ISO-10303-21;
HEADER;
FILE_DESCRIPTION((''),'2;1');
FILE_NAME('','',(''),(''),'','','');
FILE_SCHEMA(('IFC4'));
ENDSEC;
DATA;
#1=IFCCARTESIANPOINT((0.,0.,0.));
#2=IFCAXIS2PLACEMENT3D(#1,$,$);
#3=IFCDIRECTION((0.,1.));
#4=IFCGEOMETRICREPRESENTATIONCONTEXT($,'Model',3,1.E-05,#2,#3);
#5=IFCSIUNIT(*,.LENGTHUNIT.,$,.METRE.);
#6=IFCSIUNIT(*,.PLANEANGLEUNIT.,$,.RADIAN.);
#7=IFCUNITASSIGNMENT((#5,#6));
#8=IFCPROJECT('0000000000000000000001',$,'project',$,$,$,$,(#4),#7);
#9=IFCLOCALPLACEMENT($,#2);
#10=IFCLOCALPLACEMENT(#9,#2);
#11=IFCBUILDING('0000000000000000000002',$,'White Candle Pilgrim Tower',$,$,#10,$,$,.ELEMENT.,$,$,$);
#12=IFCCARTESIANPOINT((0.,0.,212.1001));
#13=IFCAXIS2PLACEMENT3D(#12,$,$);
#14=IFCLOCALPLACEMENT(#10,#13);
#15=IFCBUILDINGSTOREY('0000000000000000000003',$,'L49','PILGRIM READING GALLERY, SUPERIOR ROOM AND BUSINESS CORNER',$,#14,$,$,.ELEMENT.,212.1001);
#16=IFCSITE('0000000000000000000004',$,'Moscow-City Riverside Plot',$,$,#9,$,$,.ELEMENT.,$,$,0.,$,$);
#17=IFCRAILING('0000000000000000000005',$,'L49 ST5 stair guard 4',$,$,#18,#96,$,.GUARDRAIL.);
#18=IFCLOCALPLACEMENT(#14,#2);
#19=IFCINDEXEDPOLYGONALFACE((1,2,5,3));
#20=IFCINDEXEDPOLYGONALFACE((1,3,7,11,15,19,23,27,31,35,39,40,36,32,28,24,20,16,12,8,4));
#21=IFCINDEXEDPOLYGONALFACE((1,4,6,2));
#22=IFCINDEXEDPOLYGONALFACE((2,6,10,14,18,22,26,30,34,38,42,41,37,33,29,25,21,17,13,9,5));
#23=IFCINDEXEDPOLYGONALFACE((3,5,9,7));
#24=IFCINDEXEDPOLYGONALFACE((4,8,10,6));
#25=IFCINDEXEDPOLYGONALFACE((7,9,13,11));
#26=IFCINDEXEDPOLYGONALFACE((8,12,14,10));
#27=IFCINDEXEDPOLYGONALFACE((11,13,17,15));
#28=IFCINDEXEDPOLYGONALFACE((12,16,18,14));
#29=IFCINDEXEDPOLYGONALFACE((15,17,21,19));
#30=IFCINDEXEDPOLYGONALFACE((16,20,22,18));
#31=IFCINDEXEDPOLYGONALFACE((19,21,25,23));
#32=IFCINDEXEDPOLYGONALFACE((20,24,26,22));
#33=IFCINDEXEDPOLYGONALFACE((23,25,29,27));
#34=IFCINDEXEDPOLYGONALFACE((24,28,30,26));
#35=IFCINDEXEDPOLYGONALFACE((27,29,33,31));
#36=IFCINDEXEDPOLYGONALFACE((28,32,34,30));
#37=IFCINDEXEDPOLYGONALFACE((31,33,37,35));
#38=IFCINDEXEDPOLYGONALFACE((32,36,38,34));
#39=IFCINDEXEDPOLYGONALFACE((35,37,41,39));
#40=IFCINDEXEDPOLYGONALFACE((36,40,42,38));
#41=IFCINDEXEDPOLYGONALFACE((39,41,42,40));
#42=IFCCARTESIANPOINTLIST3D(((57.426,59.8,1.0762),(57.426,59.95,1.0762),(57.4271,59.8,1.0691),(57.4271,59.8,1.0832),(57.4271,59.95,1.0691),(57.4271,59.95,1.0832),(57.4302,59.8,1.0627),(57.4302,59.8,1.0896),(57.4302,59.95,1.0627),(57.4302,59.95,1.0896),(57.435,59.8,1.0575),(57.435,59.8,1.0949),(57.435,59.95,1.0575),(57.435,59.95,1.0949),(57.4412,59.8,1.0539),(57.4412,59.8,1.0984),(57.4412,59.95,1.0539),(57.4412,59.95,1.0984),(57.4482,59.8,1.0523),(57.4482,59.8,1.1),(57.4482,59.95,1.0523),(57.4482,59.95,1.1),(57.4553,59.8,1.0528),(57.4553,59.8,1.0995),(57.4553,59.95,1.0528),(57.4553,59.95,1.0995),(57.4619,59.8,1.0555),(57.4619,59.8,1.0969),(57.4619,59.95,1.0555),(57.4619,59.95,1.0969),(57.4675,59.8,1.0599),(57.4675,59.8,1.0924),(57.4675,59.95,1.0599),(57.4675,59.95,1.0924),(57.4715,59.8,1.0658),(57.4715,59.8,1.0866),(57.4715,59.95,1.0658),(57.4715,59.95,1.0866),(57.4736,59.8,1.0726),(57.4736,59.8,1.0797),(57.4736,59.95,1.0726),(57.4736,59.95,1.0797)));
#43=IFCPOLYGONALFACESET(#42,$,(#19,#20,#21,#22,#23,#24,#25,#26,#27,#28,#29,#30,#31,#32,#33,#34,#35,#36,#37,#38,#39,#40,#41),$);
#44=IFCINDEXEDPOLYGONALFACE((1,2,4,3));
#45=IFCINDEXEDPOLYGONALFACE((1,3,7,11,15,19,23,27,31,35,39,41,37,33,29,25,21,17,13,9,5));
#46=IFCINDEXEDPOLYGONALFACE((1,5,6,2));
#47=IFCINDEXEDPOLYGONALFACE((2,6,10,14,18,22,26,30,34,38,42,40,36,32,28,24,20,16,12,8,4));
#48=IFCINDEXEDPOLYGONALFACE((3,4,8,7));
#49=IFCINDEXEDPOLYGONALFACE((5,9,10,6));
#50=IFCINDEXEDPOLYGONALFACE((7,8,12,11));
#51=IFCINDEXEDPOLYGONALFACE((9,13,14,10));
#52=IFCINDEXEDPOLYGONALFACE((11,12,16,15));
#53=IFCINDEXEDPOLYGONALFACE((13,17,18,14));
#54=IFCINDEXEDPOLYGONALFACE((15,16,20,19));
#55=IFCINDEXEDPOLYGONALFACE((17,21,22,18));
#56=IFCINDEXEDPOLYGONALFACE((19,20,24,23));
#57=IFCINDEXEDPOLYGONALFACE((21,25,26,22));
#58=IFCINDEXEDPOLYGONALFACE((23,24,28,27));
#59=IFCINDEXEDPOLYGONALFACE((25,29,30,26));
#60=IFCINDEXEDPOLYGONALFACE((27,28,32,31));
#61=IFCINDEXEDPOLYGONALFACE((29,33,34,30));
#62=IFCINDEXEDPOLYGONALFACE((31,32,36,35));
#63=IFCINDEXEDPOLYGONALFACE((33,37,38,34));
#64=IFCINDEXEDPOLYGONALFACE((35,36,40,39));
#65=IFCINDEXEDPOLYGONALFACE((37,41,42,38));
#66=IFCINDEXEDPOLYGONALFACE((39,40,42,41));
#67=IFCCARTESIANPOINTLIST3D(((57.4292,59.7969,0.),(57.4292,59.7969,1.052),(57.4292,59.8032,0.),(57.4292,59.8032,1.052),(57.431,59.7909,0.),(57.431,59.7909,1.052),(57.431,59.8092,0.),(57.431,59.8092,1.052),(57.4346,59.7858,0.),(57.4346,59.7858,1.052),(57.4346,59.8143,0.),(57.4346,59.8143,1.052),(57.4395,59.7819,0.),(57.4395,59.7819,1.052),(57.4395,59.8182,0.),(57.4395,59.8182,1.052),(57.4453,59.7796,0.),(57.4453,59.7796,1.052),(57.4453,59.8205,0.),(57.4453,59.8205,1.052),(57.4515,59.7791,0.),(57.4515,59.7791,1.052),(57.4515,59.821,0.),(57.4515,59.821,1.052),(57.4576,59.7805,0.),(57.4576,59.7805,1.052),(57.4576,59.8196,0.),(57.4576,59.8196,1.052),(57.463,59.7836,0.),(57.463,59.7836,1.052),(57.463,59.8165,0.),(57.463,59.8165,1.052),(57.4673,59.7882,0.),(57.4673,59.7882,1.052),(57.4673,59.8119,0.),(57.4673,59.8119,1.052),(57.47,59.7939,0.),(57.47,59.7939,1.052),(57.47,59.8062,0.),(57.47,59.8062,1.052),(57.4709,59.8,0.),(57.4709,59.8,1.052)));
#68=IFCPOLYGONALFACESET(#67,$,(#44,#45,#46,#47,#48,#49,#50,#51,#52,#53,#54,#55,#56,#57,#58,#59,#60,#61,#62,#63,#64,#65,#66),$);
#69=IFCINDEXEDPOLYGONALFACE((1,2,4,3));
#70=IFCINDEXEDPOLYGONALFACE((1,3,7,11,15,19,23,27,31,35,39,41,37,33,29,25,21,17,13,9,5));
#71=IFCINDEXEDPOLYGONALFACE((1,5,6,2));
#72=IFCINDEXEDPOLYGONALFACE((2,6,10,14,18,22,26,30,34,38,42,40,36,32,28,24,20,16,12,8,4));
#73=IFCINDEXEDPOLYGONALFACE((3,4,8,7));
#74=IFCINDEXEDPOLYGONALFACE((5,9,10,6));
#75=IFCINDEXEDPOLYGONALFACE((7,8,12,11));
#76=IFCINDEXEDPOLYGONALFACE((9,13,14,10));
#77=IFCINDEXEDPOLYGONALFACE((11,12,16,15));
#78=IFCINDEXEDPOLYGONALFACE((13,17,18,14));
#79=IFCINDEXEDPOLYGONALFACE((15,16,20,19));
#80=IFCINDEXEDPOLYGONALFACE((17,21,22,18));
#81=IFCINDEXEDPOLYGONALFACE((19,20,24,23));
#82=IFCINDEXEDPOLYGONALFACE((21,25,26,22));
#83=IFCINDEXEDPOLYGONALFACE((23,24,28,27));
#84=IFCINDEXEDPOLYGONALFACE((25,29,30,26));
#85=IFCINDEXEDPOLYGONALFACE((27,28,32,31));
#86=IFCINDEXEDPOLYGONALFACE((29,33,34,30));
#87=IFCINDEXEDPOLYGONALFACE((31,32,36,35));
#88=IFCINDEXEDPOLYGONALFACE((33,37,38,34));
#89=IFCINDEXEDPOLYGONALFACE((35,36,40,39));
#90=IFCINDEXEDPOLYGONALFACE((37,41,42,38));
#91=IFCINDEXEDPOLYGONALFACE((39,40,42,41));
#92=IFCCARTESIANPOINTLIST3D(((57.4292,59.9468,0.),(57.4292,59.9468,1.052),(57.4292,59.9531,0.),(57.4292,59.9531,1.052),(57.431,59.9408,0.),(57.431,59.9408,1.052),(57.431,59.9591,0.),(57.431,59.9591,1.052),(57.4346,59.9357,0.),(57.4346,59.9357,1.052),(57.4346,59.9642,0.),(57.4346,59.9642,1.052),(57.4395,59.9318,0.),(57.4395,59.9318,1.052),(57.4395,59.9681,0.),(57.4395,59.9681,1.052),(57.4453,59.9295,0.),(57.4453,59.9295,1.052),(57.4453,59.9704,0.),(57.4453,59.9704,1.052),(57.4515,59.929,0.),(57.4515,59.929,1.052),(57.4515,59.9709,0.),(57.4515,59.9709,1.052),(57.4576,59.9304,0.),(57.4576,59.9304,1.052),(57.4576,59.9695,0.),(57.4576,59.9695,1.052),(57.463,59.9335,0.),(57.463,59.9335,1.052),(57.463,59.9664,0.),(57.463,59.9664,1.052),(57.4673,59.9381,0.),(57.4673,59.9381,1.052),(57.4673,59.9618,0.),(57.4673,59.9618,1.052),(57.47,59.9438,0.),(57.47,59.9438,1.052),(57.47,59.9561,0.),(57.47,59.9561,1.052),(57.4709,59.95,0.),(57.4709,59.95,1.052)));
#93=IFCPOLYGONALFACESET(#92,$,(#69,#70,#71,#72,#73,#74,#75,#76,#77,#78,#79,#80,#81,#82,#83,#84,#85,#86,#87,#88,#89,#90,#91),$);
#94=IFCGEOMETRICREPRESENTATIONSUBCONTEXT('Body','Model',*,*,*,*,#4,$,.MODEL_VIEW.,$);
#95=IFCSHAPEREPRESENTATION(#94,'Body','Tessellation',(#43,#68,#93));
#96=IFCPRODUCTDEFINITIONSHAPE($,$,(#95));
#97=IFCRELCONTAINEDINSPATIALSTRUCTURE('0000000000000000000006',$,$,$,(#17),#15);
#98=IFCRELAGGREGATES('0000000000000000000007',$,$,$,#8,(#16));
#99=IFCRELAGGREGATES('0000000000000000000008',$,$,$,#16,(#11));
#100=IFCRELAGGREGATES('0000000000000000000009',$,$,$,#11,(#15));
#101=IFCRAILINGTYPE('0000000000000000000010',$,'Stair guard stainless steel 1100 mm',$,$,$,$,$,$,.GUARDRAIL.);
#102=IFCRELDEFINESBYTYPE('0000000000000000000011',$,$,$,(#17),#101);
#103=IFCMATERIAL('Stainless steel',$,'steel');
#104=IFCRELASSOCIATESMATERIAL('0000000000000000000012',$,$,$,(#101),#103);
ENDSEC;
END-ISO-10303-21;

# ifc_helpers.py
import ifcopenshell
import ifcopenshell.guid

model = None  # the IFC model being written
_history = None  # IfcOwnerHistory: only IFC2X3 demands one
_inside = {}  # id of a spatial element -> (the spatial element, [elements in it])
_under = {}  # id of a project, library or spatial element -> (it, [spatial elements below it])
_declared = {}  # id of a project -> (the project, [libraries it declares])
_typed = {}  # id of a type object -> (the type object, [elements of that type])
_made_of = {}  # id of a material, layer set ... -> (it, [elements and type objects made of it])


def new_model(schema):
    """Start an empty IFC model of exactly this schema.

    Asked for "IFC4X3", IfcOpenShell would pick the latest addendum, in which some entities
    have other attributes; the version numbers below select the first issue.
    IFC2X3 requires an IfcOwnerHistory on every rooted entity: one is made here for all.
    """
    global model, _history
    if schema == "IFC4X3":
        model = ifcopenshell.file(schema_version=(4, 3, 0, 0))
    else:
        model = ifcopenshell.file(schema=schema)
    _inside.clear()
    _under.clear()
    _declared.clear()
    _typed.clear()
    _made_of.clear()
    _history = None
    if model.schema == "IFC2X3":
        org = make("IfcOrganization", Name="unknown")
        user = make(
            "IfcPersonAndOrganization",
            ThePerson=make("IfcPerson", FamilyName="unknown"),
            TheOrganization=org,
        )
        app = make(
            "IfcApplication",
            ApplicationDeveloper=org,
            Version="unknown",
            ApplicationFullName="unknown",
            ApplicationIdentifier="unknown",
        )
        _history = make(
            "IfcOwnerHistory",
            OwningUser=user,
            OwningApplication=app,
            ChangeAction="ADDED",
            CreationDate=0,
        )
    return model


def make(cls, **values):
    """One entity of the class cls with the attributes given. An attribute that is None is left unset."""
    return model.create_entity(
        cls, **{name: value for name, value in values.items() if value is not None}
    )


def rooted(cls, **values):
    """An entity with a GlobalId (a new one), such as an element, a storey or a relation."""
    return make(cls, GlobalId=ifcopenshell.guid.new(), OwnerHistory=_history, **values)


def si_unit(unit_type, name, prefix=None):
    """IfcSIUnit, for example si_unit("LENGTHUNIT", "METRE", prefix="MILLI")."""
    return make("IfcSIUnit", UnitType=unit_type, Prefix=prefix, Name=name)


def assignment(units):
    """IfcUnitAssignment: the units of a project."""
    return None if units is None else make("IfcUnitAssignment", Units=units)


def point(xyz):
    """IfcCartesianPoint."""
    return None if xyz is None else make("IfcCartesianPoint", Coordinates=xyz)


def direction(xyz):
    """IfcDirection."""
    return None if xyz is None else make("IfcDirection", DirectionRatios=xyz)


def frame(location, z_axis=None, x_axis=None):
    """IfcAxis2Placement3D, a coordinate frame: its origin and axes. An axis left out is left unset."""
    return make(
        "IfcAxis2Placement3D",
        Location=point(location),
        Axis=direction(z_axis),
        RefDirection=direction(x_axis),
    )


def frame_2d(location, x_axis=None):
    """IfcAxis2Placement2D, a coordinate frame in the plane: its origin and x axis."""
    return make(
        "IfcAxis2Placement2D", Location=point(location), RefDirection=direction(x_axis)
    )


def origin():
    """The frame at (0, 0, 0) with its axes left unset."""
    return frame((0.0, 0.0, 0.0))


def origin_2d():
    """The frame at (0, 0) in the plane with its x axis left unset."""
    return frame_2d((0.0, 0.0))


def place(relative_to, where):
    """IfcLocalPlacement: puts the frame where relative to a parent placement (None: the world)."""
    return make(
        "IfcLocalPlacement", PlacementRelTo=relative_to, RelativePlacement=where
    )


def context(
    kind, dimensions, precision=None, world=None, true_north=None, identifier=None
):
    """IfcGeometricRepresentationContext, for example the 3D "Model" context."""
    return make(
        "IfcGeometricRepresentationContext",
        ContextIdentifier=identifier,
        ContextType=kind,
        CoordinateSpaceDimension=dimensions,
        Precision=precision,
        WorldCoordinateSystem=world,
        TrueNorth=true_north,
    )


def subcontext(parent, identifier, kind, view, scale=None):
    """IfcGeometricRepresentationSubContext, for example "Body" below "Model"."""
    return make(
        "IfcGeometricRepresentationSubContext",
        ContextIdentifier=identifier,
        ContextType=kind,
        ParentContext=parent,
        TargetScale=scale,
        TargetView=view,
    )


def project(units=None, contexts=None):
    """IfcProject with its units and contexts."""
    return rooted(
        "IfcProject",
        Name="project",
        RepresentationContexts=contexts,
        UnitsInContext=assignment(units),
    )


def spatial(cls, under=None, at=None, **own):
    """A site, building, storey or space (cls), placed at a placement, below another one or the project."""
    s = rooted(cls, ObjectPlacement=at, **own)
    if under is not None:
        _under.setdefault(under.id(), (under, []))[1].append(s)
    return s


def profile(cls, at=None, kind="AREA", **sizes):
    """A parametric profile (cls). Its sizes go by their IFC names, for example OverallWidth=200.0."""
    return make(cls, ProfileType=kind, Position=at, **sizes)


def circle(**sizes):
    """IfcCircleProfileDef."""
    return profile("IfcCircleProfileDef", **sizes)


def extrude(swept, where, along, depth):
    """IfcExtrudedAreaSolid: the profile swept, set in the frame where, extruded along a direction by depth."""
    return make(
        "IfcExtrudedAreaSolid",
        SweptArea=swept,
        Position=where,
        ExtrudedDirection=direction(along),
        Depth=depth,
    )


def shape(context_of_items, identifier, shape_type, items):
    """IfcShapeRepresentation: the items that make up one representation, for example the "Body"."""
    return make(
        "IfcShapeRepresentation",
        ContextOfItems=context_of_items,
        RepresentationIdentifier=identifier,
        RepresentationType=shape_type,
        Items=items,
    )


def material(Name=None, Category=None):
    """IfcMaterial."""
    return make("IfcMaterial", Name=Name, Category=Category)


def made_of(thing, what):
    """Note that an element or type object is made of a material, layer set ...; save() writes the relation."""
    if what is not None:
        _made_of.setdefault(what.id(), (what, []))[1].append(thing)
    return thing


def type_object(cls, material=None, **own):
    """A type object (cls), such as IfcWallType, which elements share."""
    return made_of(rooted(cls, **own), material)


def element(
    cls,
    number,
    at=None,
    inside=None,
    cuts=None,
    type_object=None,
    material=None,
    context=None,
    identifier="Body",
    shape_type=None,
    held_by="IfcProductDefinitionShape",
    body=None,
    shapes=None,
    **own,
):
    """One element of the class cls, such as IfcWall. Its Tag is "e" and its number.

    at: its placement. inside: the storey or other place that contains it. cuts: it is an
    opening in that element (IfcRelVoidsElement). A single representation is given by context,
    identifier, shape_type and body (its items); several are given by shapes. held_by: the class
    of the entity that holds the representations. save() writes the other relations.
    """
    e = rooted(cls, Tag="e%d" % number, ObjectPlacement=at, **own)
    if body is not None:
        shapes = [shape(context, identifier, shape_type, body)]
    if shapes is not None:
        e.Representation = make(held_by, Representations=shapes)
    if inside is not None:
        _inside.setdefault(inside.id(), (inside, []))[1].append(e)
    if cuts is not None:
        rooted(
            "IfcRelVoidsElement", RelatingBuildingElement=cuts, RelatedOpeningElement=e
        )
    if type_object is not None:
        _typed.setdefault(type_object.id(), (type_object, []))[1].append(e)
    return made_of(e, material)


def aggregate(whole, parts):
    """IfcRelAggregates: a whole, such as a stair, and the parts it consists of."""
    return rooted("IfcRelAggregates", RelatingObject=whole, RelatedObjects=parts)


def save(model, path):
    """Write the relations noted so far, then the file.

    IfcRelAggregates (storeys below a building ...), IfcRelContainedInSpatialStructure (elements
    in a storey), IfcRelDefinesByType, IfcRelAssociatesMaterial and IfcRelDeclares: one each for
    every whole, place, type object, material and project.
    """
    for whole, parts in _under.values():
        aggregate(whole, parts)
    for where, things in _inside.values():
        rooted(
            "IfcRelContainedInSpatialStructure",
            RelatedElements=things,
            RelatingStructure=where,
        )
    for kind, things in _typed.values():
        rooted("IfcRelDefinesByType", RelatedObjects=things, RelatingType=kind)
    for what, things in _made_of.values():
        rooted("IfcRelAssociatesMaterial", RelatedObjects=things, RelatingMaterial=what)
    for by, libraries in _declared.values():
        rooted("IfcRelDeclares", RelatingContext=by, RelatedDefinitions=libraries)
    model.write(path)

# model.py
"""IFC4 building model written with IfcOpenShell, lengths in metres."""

from ifc_helpers import new_model, si_unit, direction, frame, origin, origin_2d, place, context, subcontext, project, spatial, circle, extrude, material, type_object, element, save


model = new_model("IFC4")

# Units and contexts
model_context = context("Model", 3, precision=1e-05, world=origin(), true_north=direction((0.0, 1.0)))
body_context = subcontext(model_context, "Body", "Model", "MODEL_VIEW")
ifc_project = project(units=[si_unit("LENGTHUNIT", "METRE"), si_unit("PLANEANGLEUNIT", "RADIAN")], contexts=[model_context])

# Site, building, storey
site_placement = place(None, origin())
site = spatial("IfcSite", under=ifc_project, at=site_placement, Name="Moscow-City Riverside Plot", CompositionType="ELEMENT", RefElevation=0.0)
building_placement = place(site_placement, origin())
building = spatial("IfcBuilding", under=site, at=building_placement, Name="White Candle Pilgrim Tower", CompositionType="ELEMENT")
storey_placement = place(building_placement, frame((0.0, 0.0, 212.1001)))
storey = spatial("IfcBuildingStorey", under=building, at=storey_placement, Name="L49", Description="PILGRIM READING GALLERY, SUPERIOR ROOM AND BUSINESS CORNER", CompositionType="ELEMENT", Elevation=212.1001)

# Railing
ifc_material_1 = material(Name="Stainless steel", Category="steel")
railing_type_1 = type_object("IfcRailingType", Name="Stair guard stainless steel 1100 mm", PredefinedType="GUARDRAIL", material=ifc_material_1)
railing_1_placement = place(storey_placement, frame((57.45, 59.8, 0.0)))
element("IfcRailing", 1, at=railing_1_placement, inside=storey, type_object=railing_type_1, Name="L49 ST5 stair guard 4", PredefinedType="GUARDRAIL", context=body_context, shape_type="SweptSolid", body=[
    extrude(circle(Radius=0.0239, at=origin_2d()), frame((0.0, 0.0, 1.0762), z_axis=(0.0, 1.0, 0.0), x_axis=(-1.0, 0.0, 0.0)), (0.0, 0.0, 1.0), 0.1499),
    extrude(circle(Radius=0.021, at=origin_2d()), origin(), (0.0, 0.0, 1.0), 1.052),
    extrude(circle(Radius=0.021, at=origin_2d()), frame((0.0, 0.1499, 0.0)), (0.0, 0.0, 1.0), 1.052),
])

save(model, "model.ifc")
